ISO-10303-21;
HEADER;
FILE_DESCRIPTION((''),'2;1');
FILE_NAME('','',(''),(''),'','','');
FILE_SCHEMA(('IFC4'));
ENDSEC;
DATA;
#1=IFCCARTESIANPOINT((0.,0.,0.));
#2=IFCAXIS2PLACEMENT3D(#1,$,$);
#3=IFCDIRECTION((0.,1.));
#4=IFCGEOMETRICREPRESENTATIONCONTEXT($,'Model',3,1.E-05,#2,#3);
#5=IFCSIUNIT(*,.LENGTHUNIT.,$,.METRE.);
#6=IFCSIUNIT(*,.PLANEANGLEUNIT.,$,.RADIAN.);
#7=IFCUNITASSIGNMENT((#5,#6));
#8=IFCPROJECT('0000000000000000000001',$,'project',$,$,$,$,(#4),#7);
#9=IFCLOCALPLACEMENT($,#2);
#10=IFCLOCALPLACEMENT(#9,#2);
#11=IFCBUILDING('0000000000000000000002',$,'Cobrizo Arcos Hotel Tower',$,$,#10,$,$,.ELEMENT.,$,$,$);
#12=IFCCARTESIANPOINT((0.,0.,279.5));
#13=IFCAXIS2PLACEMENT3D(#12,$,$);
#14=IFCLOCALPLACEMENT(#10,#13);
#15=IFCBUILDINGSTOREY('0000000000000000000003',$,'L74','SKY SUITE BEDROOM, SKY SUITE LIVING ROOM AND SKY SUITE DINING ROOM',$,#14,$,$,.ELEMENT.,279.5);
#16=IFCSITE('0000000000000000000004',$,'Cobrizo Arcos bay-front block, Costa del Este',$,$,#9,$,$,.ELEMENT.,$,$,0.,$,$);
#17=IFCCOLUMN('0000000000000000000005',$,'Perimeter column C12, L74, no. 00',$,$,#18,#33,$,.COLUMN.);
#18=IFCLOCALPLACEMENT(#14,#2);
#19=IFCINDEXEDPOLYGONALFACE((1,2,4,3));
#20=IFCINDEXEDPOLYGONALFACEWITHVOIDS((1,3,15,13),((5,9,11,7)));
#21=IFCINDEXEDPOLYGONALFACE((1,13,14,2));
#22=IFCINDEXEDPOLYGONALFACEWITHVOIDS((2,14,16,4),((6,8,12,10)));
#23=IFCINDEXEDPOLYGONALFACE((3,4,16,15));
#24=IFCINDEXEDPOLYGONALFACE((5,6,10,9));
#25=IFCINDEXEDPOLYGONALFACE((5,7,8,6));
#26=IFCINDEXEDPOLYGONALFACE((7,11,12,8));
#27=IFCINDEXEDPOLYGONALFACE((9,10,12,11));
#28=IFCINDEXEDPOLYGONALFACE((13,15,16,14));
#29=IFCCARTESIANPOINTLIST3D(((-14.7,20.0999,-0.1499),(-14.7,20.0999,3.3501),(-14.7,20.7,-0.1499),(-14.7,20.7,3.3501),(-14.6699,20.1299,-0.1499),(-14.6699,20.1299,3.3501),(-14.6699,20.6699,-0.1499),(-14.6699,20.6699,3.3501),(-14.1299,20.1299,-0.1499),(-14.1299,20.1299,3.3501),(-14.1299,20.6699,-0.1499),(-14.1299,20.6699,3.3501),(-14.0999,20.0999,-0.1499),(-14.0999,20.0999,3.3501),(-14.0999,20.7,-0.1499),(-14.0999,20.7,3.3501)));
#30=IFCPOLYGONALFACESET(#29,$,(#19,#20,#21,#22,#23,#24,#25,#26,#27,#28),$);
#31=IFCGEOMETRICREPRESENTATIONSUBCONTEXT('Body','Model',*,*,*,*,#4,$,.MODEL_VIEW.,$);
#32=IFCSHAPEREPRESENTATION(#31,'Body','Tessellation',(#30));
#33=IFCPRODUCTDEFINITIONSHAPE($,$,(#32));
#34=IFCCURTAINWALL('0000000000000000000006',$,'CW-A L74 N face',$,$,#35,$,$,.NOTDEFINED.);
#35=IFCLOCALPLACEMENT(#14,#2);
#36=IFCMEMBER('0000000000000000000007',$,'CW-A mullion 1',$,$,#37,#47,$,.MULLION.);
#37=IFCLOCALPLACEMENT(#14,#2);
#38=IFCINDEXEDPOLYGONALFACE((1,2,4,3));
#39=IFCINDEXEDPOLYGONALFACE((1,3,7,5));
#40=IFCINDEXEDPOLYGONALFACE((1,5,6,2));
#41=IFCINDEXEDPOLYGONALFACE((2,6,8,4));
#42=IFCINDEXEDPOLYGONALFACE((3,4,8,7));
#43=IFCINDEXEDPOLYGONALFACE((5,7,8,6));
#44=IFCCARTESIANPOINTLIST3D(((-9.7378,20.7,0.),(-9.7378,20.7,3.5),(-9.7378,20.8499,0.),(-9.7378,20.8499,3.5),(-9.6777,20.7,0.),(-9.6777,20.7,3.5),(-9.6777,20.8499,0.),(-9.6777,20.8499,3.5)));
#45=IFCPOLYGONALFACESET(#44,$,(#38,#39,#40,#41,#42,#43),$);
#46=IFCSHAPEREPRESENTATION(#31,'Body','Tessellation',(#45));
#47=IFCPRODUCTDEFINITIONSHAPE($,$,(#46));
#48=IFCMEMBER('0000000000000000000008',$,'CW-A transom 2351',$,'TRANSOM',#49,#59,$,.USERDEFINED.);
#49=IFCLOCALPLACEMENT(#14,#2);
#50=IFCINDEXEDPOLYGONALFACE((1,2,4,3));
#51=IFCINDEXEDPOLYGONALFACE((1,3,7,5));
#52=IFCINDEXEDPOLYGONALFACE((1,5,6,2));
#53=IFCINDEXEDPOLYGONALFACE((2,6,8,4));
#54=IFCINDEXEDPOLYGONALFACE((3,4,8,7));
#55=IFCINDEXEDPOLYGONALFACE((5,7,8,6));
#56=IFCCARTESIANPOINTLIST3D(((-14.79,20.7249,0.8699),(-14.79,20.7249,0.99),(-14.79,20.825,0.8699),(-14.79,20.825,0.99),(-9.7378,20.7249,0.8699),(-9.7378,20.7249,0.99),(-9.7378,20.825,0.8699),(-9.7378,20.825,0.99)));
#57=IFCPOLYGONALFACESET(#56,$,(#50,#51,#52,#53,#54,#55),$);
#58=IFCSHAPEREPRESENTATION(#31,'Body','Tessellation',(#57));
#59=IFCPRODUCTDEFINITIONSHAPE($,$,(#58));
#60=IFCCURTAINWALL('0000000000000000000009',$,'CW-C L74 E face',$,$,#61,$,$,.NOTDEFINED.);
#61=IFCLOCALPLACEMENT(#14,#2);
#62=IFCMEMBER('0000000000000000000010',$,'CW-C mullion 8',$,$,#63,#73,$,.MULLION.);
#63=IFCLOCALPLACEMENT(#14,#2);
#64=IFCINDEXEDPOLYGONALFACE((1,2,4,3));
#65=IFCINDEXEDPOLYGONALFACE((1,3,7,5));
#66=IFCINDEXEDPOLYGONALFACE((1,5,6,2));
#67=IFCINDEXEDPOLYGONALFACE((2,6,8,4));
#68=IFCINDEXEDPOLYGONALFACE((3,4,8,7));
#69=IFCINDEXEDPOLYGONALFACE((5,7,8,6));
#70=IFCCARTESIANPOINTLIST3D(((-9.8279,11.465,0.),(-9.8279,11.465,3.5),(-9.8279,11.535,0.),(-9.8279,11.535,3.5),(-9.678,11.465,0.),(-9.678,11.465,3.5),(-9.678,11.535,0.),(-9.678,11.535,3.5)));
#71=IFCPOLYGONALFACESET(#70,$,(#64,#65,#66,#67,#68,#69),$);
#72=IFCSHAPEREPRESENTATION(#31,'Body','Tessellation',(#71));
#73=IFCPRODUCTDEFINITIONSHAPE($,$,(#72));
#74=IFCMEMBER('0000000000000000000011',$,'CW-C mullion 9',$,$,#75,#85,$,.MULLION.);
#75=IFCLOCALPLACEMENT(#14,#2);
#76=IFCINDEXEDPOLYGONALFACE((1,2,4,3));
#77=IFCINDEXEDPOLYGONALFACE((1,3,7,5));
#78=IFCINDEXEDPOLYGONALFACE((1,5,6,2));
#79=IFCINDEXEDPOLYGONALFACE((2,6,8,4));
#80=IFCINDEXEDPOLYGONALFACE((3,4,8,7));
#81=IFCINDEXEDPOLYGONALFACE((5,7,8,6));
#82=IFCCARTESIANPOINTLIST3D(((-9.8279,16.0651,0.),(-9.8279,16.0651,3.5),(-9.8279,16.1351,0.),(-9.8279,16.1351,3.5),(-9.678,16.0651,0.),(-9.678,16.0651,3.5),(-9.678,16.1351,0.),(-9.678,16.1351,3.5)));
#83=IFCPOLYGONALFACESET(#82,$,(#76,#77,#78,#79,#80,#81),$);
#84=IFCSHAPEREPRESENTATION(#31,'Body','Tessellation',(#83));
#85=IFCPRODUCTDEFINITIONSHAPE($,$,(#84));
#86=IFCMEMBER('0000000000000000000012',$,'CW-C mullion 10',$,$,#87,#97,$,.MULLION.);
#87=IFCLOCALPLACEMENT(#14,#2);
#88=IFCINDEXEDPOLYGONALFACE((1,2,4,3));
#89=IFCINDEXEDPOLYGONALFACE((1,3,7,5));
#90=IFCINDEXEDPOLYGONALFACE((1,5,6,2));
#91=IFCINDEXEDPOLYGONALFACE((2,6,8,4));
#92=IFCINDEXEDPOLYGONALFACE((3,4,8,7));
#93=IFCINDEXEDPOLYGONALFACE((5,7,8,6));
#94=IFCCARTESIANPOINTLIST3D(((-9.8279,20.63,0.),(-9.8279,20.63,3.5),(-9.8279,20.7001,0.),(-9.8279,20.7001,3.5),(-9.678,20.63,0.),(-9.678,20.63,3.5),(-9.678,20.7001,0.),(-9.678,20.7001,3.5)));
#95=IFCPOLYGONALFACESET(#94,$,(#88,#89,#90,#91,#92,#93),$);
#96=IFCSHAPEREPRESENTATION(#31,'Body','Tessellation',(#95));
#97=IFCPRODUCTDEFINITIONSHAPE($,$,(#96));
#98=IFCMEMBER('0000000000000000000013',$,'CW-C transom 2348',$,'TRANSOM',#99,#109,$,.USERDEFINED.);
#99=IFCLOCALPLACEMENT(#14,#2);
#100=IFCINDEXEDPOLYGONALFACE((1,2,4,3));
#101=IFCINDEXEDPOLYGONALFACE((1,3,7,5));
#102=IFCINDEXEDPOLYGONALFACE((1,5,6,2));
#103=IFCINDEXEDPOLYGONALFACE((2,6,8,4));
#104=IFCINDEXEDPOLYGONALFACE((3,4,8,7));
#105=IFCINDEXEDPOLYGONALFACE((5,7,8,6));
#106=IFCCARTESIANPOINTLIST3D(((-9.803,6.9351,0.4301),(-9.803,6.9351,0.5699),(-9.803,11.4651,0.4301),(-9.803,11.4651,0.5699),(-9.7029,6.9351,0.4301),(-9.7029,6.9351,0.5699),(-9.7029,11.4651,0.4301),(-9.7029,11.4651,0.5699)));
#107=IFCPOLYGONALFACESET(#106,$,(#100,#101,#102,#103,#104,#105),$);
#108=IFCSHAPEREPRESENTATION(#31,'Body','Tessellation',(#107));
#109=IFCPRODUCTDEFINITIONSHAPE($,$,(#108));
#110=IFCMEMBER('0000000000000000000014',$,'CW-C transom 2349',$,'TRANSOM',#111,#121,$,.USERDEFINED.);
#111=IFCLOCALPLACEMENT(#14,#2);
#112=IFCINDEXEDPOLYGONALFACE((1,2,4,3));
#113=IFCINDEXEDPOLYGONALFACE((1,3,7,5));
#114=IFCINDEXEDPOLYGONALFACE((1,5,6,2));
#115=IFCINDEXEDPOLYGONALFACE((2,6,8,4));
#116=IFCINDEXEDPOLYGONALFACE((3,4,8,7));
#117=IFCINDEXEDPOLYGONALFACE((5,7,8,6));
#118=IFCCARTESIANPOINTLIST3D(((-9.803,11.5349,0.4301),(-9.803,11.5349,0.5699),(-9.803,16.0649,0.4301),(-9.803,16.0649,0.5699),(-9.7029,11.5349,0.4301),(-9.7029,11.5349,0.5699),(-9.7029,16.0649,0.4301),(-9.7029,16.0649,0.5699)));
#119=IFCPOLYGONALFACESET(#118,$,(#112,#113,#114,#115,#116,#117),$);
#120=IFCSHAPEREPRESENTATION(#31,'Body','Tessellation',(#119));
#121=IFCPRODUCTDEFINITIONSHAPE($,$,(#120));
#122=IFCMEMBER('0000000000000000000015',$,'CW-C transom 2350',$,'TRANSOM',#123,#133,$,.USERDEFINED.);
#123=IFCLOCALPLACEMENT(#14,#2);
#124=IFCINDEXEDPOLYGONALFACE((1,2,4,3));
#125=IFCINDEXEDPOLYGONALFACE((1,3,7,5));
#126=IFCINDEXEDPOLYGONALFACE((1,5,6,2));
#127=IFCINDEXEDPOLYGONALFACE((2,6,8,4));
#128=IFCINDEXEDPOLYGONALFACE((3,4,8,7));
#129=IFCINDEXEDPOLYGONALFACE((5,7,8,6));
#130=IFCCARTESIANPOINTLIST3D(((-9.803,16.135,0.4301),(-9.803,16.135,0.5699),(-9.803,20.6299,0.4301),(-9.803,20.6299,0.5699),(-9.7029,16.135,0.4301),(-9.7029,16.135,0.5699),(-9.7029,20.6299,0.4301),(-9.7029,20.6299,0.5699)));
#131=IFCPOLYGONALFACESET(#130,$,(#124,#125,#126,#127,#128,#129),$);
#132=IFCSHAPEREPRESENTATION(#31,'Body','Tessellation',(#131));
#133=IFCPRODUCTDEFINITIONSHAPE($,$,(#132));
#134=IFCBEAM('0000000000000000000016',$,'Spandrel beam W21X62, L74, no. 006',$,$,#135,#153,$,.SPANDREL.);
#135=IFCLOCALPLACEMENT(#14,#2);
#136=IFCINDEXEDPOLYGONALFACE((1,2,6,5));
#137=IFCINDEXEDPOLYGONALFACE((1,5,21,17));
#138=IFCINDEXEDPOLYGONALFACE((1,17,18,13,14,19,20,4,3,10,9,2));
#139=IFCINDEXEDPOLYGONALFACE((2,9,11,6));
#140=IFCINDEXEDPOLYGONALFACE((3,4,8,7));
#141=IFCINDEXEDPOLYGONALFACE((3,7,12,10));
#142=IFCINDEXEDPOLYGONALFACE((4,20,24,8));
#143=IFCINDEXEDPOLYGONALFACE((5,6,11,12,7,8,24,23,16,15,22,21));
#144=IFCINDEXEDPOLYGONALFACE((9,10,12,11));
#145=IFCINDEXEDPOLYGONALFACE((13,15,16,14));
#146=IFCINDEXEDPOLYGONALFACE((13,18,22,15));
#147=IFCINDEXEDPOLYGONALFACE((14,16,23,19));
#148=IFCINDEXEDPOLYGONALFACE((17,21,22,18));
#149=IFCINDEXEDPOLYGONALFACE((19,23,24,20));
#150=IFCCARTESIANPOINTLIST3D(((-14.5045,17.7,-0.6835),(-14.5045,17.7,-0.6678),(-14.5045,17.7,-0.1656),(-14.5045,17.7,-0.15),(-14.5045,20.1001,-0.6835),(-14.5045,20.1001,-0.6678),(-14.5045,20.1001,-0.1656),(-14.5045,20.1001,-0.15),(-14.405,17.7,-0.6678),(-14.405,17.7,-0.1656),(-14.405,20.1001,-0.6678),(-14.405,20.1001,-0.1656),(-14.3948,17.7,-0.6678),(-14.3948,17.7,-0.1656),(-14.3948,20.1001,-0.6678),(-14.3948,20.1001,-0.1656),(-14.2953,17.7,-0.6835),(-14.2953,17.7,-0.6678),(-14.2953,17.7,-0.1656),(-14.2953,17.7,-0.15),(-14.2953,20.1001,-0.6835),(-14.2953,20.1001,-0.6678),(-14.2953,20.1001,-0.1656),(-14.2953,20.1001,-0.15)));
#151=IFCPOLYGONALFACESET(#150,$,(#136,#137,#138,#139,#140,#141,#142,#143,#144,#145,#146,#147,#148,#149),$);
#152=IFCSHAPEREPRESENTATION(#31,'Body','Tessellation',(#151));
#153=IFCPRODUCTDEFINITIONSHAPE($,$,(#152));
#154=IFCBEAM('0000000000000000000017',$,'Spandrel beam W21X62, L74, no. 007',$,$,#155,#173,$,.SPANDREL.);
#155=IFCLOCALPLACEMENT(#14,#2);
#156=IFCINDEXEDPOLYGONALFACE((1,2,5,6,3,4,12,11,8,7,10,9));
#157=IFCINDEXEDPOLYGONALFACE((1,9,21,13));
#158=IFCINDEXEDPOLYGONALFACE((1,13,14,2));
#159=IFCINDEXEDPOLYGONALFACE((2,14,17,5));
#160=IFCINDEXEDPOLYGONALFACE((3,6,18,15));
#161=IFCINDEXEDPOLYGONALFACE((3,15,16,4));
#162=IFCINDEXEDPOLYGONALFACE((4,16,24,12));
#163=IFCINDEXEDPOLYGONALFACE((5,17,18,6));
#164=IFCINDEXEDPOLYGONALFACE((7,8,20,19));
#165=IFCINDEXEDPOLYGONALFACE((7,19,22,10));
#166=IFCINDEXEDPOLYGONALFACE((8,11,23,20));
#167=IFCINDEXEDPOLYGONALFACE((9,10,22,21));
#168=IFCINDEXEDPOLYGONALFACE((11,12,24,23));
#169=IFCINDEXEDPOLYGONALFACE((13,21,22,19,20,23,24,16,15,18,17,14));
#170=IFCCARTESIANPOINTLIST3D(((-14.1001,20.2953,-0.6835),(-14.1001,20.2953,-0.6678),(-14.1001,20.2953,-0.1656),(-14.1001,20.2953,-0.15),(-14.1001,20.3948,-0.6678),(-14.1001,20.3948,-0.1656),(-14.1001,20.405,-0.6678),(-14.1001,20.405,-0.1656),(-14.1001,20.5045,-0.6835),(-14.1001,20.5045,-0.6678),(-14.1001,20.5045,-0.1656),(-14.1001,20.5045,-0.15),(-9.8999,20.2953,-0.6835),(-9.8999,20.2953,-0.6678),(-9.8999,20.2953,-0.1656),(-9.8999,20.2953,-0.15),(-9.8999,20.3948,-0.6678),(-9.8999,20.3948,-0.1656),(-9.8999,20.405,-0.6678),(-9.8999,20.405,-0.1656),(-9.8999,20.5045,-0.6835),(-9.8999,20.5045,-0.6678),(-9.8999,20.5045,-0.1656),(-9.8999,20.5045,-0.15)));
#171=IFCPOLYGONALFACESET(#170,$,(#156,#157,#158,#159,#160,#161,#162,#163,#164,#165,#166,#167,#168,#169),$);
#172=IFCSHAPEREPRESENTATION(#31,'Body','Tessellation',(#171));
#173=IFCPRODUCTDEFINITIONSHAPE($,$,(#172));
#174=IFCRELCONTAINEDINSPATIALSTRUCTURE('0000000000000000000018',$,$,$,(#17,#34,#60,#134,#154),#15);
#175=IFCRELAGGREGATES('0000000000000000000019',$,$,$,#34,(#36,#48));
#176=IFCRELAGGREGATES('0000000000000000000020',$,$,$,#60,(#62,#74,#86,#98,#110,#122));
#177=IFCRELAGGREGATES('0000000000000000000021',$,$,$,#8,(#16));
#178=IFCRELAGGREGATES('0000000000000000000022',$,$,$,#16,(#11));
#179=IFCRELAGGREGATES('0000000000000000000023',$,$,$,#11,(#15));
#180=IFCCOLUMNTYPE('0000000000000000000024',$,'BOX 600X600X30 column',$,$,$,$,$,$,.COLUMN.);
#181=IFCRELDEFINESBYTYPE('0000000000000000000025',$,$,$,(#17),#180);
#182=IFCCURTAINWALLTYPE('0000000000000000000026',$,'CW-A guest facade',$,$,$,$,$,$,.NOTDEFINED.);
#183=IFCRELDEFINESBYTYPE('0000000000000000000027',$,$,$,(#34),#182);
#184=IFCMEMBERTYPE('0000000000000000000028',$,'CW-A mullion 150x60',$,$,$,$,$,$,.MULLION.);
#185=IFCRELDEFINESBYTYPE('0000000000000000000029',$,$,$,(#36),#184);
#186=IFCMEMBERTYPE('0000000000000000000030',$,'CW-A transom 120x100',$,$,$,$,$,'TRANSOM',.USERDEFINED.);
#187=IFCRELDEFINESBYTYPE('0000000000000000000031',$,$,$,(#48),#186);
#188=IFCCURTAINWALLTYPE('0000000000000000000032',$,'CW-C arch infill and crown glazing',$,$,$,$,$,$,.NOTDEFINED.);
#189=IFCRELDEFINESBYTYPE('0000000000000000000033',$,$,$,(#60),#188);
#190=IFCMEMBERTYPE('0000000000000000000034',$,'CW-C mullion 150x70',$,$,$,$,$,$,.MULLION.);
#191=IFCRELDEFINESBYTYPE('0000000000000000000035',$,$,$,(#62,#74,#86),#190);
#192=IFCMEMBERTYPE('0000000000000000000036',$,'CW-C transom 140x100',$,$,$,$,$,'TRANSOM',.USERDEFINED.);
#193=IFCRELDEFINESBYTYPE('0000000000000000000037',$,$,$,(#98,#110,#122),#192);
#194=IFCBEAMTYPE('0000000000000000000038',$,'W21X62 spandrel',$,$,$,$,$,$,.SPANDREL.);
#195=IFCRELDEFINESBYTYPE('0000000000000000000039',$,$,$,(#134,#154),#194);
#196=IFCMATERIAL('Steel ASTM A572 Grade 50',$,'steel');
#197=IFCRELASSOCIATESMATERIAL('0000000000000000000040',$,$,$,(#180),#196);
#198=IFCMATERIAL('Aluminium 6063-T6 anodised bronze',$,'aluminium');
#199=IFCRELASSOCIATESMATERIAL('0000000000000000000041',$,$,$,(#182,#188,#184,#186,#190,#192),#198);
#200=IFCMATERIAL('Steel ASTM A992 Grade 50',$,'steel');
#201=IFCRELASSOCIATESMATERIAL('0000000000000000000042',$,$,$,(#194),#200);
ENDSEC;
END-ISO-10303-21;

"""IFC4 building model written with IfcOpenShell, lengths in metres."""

from ifc_helpers import new_model, si_unit, direction, frame, origin, origin_2d, place, context, subcontext, project, spatial, rectangle, hollow_rectangle, i_section, extrude, material, material_profile, profile_set, type_object, element, aggregate, save


model = new_model("IFC4")

# Units and contexts
model_context = context("Model", 3, precision=1e-05, world=origin(), true_north=direction((0.0, 1.0)))
body_context = subcontext(model_context, "Body", "Model", "MODEL_VIEW")
ifc_project = project(units=[si_unit("LENGTHUNIT", "METRE"), si_unit("PLANEANGLEUNIT", "RADIAN")], contexts=[model_context])

# Site, building, storey
site_placement = place(None, origin())
site = spatial("IfcSite", under=ifc_project, at=site_placement, Name="Cobrizo Arcos bay-front block, Costa del Este", CompositionType="ELEMENT", RefElevation=0.0)
building_placement = place(site_placement, origin())
building = spatial("IfcBuilding", under=site, at=building_placement, Name="Cobrizo Arcos Hotel Tower", CompositionType="ELEMENT")
storey_placement = place(building_placement, frame((0.0, 0.0, 279.5)))
storey = spatial("IfcBuildingStorey", under=building, at=storey_placement, Name="L74", Description="SKY SUITE BEDROOM, SKY SUITE LIVING ROOM AND SKY SUITE DINING ROOM", CompositionType="ELEMENT", Elevation=279.5)

# Column
ifc_material_1 = material(Name="Steel ASTM A572 Grade 50", Category="steel")
ifc_material_profile_1 = material_profile(ifc_material_1, hollow_rectangle(XDim=0.6001, YDim=0.6001, WallThickness=0.03, at=origin_2d()), Name="BOX 600X600X30")
ifc_profile_set_1 = profile_set([ifc_material_profile_1], Name="Steel ASTM A572 Grade 50")
column_type = type_object("IfcColumnType", Name="BOX 600X600X30 column", PredefinedType="COLUMN", material=ifc_profile_set_1)
column_placement = place(storey_placement, frame((-14.3999, 20.3999, -0.1499), z_axis=(0.0, 0.0, 1.0), x_axis=(1.0, 0.0, 0.0)))
element("IfcColumn", 1, at=column_placement, inside=storey, type_object=column_type, Name="Perimeter column C12, L74, no. 00", PredefinedType="COLUMN", context=body_context, shape_type="SweptSolid", body=[
    extrude(hollow_rectangle(XDim=0.6001, YDim=0.6001, WallThickness=0.03, at=origin_2d()), origin(), (0.0, 0.0, 1.0), 3.5),
])

# Curtain walls, members
ifc_material_2 = material(Name="Aluminium 6063-T6 anodised bronze", Category="aluminium")
curtain_wall_type_1 = type_object("IfcCurtainWallType", Name="CW-A guest facade", PredefinedType="NOTDEFINED", material=ifc_material_2)
curtain_wall_1_placement = place(storey_placement, origin())
curtain_wall_1 = element("IfcCurtainWall", 2, at=curtain_wall_1_placement, inside=storey, type_object=curtain_wall_type_1, Name="CW-A L74 N face", PredefinedType="NOTDEFINED")
ifc_material_profile_2 = material_profile(ifc_material_2, rectangle(XDim=0.1499, YDim=0.0601, at=origin_2d()), Name="CW-A mullion 150x60")
ifc_profile_set_2 = profile_set([ifc_material_profile_2], Name="Aluminium 6063-T6 anodised bronze")
member_type_1 = type_object("IfcMemberType", Name="CW-A mullion 150x60", PredefinedType="MULLION", material=ifc_profile_set_2)
member_1_placement = place(storey_placement, frame((-9.7078, 20.7749, 0.0), z_axis=(0.0, 0.0, 1.0), x_axis=(0.0, 1.0, 0.0)))
member_1 = element("IfcMember", 3, at=member_1_placement, type_object=member_type_1, Name="CW-A mullion 1", PredefinedType="MULLION", context=body_context, shape_type="SweptSolid", body=[
    extrude(rectangle(XDim=0.1499, YDim=0.0601, at=origin_2d()), origin(), (0.0, 0.0, 1.0), 3.5),
])
ifc_material_profile_3 = material_profile(ifc_material_2, rectangle(XDim=0.1001, YDim=0.1201, at=origin_2d()), Name="CW-A transom 120x100")
ifc_profile_set_3 = profile_set([ifc_material_profile_3], Name="Aluminium 6063-T6 anodised bronze")
member_type_2 = type_object("IfcMemberType", Name="CW-A transom 120x100", ElementType="TRANSOM", PredefinedType="USERDEFINED", material=ifc_profile_set_3)
member_2_placement = place(storey_placement, frame((-9.7378, 20.7749, 0.9299), z_axis=(-1.0, 0.0, 0.0), x_axis=(0.0, -1.0, 0.0)))
member_2 = element("IfcMember", 4, at=member_2_placement, type_object=member_type_2, Name="CW-A transom 2351", ObjectType="TRANSOM", PredefinedType="USERDEFINED", context=body_context, shape_type="SweptSolid", body=[
    extrude(rectangle(XDim=0.1001, YDim=0.1201, at=origin_2d()), origin(), (0.0, 0.0, 1.0), 5.0522),
])
curtain_wall_type_2 = type_object("IfcCurtainWallType", Name="CW-C arch infill and crown glazing", PredefinedType="NOTDEFINED", material=ifc_material_2)
curtain_wall_2_placement = place(storey_placement, origin())
curtain_wall_2 = element("IfcCurtainWall", 5, at=curtain_wall_2_placement, inside=storey, type_object=curtain_wall_type_2, Name="CW-C L74 E face", PredefinedType="NOTDEFINED")
ifc_material_profile_4 = material_profile(ifc_material_2, rectangle(XDim=0.1499, YDim=0.0701, at=origin_2d()), Name="CW-C mullion 150x70")
ifc_profile_set_4 = profile_set([ifc_material_profile_4], Name="Aluminium 6063-T6 anodised bronze")
member_type_3 = type_object("IfcMemberType", Name="CW-C mullion 150x70", PredefinedType="MULLION", material=ifc_profile_set_4)
member_3_placement = place(storey_placement, frame((-9.7529, 11.5, 0.0), z_axis=(0.0, 0.0, 1.0), x_axis=(1.0, 0.0, 0.0)))
member_3 = element("IfcMember", 6, at=member_3_placement, type_object=member_type_3, Name="CW-C mullion 8", PredefinedType="MULLION", context=body_context, shape_type="SweptSolid", body=[
    extrude(rectangle(XDim=0.1499, YDim=0.0701, at=origin_2d()), origin(), (0.0, 0.0, 1.0), 3.5),
])
member_4_placement = place(storey_placement, frame((-9.7529, 16.1001, 0.0), z_axis=(0.0, 0.0, 1.0), x_axis=(1.0, 0.0, 0.0)))
member_4 = element("IfcMember", 7, at=member_4_placement, type_object=member_type_3, Name="CW-C mullion 9", PredefinedType="MULLION", context=body_context, shape_type="SweptSolid", body=[
    extrude(rectangle(XDim=0.1499, YDim=0.0701, at=origin_2d()), origin(), (0.0, 0.0, 1.0), 3.5),
])
member_5_placement = place(storey_placement, frame((-9.7529, 20.665, 0.0), z_axis=(0.0, 0.0, 1.0), x_axis=(1.0, 0.0, 0.0)))
member_5 = element("IfcMember", 8, at=member_5_placement, type_object=member_type_3, Name="CW-C mullion 10", PredefinedType="MULLION", context=body_context, shape_type="SweptSolid", body=[
    extrude(rectangle(XDim=0.1499, YDim=0.0701, at=origin_2d()), origin(), (0.0, 0.0, 1.0), 3.5),
])
ifc_material_profile_5 = material_profile(ifc_material_2, rectangle(XDim=0.1001, YDim=0.1399, at=origin_2d()), Name="CW-C transom 140x100")
ifc_profile_set_5 = profile_set([ifc_material_profile_5], Name="Aluminium 6063-T6 anodised bronze")
member_type_4 = type_object("IfcMemberType", Name="CW-C transom 140x100", ElementType="TRANSOM", PredefinedType="USERDEFINED", material=ifc_profile_set_5)
member_6_placement = place(storey_placement, frame((-9.7529, 6.9351, 0.5), z_axis=(0.0, 1.0, 0.0), x_axis=(-1.0, 0.0, 0.0)))
member_6 = element("IfcMember", 9, at=member_6_placement, type_object=member_type_4, Name="CW-C transom 2348", ObjectType="TRANSOM", PredefinedType="USERDEFINED", context=body_context, shape_type="SweptSolid", body=[
    extrude(rectangle(XDim=0.1001, YDim=0.1399, at=origin_2d()), origin(), (0.0, 0.0, 1.0), 4.53),
])
member_7_placement = place(storey_placement, frame((-9.7529, 11.5349, 0.5), z_axis=(0.0, 1.0, 0.0), x_axis=(-1.0, 0.0, 0.0)))
member_7 = element("IfcMember", 10, at=member_7_placement, type_object=member_type_4, Name="CW-C transom 2349", ObjectType="TRANSOM", PredefinedType="USERDEFINED", context=body_context, shape_type="SweptSolid", body=[
    extrude(rectangle(XDim=0.1001, YDim=0.1399, at=origin_2d()), origin(), (0.0, 0.0, 1.0), 4.53),
])
member_8_placement = place(storey_placement, frame((-9.7529, 16.135, 0.5), z_axis=(0.0, 1.0, 0.0), x_axis=(-1.0, 0.0, 0.0)))
member_8 = element("IfcMember", 11, at=member_8_placement, type_object=member_type_4, Name="CW-C transom 2350", ObjectType="TRANSOM", PredefinedType="USERDEFINED", context=body_context, shape_type="SweptSolid", body=[
    extrude(rectangle(XDim=0.1001, YDim=0.1399, at=origin_2d()), origin(), (0.0, 0.0, 1.0), 4.4949),
])

# Beams
ifc_material_3 = material(Name="Steel ASTM A992 Grade 50", Category="steel")
ifc_material_profile_6 = material_profile(ifc_material_3, i_section(OverallWidth=0.2092, OverallDepth=0.5334, WebThickness=0.0103, FlangeThickness=0.0156, at=origin_2d()), Name="W21X62")
ifc_profile_set_6 = profile_set([ifc_material_profile_6], Name="Steel ASTM A992 Grade 50")
beam_type_1 = type_object("IfcBeamType", Name="W21X62 spandrel", PredefinedType="SPANDREL", material=ifc_profile_set_6)
beam_1_placement = place(storey_placement, frame((-14.3999, 17.7, -0.4167), z_axis=(0.0, 1.0, 0.0), x_axis=(-1.0, 0.0, 0.0)))
element("IfcBeam", 12, at=beam_1_placement, inside=storey, type_object=beam_type_1, Name="Spandrel beam W21X62, L74, no. 006", PredefinedType="SPANDREL", context=body_context, shape_type="SweptSolid", body=[
    extrude(i_section(OverallWidth=0.2092, OverallDepth=0.5334, WebThickness=0.0103, FlangeThickness=0.0156, at=origin_2d()), origin(), (0.0, 0.0, 1.0), 2.4001),
])
beam_2_placement = place(storey_placement, frame((-14.1001, 20.3999, -0.4167), z_axis=(1.0, 0.0, 0.0), x_axis=(0.0, 1.0, 0.0)))
element("IfcBeam", 13, at=beam_2_placement, inside=storey, type_object=beam_type_1, Name="Spandrel beam W21X62, L74, no. 007", PredefinedType="SPANDREL", context=body_context, shape_type="SweptSolid", body=[
    extrude(i_section(OverallWidth=0.2092, OverallDepth=0.5334, WebThickness=0.0103, FlangeThickness=0.0156, at=origin_2d()), origin(), (0.0, 0.0, 1.0), 4.2002),
])

aggregate(curtain_wall_1, [member_1, member_2])
aggregate(curtain_wall_2, [member_3, member_4, member_5, member_6, member_7, member_8])

save(model, "model.ifc")
